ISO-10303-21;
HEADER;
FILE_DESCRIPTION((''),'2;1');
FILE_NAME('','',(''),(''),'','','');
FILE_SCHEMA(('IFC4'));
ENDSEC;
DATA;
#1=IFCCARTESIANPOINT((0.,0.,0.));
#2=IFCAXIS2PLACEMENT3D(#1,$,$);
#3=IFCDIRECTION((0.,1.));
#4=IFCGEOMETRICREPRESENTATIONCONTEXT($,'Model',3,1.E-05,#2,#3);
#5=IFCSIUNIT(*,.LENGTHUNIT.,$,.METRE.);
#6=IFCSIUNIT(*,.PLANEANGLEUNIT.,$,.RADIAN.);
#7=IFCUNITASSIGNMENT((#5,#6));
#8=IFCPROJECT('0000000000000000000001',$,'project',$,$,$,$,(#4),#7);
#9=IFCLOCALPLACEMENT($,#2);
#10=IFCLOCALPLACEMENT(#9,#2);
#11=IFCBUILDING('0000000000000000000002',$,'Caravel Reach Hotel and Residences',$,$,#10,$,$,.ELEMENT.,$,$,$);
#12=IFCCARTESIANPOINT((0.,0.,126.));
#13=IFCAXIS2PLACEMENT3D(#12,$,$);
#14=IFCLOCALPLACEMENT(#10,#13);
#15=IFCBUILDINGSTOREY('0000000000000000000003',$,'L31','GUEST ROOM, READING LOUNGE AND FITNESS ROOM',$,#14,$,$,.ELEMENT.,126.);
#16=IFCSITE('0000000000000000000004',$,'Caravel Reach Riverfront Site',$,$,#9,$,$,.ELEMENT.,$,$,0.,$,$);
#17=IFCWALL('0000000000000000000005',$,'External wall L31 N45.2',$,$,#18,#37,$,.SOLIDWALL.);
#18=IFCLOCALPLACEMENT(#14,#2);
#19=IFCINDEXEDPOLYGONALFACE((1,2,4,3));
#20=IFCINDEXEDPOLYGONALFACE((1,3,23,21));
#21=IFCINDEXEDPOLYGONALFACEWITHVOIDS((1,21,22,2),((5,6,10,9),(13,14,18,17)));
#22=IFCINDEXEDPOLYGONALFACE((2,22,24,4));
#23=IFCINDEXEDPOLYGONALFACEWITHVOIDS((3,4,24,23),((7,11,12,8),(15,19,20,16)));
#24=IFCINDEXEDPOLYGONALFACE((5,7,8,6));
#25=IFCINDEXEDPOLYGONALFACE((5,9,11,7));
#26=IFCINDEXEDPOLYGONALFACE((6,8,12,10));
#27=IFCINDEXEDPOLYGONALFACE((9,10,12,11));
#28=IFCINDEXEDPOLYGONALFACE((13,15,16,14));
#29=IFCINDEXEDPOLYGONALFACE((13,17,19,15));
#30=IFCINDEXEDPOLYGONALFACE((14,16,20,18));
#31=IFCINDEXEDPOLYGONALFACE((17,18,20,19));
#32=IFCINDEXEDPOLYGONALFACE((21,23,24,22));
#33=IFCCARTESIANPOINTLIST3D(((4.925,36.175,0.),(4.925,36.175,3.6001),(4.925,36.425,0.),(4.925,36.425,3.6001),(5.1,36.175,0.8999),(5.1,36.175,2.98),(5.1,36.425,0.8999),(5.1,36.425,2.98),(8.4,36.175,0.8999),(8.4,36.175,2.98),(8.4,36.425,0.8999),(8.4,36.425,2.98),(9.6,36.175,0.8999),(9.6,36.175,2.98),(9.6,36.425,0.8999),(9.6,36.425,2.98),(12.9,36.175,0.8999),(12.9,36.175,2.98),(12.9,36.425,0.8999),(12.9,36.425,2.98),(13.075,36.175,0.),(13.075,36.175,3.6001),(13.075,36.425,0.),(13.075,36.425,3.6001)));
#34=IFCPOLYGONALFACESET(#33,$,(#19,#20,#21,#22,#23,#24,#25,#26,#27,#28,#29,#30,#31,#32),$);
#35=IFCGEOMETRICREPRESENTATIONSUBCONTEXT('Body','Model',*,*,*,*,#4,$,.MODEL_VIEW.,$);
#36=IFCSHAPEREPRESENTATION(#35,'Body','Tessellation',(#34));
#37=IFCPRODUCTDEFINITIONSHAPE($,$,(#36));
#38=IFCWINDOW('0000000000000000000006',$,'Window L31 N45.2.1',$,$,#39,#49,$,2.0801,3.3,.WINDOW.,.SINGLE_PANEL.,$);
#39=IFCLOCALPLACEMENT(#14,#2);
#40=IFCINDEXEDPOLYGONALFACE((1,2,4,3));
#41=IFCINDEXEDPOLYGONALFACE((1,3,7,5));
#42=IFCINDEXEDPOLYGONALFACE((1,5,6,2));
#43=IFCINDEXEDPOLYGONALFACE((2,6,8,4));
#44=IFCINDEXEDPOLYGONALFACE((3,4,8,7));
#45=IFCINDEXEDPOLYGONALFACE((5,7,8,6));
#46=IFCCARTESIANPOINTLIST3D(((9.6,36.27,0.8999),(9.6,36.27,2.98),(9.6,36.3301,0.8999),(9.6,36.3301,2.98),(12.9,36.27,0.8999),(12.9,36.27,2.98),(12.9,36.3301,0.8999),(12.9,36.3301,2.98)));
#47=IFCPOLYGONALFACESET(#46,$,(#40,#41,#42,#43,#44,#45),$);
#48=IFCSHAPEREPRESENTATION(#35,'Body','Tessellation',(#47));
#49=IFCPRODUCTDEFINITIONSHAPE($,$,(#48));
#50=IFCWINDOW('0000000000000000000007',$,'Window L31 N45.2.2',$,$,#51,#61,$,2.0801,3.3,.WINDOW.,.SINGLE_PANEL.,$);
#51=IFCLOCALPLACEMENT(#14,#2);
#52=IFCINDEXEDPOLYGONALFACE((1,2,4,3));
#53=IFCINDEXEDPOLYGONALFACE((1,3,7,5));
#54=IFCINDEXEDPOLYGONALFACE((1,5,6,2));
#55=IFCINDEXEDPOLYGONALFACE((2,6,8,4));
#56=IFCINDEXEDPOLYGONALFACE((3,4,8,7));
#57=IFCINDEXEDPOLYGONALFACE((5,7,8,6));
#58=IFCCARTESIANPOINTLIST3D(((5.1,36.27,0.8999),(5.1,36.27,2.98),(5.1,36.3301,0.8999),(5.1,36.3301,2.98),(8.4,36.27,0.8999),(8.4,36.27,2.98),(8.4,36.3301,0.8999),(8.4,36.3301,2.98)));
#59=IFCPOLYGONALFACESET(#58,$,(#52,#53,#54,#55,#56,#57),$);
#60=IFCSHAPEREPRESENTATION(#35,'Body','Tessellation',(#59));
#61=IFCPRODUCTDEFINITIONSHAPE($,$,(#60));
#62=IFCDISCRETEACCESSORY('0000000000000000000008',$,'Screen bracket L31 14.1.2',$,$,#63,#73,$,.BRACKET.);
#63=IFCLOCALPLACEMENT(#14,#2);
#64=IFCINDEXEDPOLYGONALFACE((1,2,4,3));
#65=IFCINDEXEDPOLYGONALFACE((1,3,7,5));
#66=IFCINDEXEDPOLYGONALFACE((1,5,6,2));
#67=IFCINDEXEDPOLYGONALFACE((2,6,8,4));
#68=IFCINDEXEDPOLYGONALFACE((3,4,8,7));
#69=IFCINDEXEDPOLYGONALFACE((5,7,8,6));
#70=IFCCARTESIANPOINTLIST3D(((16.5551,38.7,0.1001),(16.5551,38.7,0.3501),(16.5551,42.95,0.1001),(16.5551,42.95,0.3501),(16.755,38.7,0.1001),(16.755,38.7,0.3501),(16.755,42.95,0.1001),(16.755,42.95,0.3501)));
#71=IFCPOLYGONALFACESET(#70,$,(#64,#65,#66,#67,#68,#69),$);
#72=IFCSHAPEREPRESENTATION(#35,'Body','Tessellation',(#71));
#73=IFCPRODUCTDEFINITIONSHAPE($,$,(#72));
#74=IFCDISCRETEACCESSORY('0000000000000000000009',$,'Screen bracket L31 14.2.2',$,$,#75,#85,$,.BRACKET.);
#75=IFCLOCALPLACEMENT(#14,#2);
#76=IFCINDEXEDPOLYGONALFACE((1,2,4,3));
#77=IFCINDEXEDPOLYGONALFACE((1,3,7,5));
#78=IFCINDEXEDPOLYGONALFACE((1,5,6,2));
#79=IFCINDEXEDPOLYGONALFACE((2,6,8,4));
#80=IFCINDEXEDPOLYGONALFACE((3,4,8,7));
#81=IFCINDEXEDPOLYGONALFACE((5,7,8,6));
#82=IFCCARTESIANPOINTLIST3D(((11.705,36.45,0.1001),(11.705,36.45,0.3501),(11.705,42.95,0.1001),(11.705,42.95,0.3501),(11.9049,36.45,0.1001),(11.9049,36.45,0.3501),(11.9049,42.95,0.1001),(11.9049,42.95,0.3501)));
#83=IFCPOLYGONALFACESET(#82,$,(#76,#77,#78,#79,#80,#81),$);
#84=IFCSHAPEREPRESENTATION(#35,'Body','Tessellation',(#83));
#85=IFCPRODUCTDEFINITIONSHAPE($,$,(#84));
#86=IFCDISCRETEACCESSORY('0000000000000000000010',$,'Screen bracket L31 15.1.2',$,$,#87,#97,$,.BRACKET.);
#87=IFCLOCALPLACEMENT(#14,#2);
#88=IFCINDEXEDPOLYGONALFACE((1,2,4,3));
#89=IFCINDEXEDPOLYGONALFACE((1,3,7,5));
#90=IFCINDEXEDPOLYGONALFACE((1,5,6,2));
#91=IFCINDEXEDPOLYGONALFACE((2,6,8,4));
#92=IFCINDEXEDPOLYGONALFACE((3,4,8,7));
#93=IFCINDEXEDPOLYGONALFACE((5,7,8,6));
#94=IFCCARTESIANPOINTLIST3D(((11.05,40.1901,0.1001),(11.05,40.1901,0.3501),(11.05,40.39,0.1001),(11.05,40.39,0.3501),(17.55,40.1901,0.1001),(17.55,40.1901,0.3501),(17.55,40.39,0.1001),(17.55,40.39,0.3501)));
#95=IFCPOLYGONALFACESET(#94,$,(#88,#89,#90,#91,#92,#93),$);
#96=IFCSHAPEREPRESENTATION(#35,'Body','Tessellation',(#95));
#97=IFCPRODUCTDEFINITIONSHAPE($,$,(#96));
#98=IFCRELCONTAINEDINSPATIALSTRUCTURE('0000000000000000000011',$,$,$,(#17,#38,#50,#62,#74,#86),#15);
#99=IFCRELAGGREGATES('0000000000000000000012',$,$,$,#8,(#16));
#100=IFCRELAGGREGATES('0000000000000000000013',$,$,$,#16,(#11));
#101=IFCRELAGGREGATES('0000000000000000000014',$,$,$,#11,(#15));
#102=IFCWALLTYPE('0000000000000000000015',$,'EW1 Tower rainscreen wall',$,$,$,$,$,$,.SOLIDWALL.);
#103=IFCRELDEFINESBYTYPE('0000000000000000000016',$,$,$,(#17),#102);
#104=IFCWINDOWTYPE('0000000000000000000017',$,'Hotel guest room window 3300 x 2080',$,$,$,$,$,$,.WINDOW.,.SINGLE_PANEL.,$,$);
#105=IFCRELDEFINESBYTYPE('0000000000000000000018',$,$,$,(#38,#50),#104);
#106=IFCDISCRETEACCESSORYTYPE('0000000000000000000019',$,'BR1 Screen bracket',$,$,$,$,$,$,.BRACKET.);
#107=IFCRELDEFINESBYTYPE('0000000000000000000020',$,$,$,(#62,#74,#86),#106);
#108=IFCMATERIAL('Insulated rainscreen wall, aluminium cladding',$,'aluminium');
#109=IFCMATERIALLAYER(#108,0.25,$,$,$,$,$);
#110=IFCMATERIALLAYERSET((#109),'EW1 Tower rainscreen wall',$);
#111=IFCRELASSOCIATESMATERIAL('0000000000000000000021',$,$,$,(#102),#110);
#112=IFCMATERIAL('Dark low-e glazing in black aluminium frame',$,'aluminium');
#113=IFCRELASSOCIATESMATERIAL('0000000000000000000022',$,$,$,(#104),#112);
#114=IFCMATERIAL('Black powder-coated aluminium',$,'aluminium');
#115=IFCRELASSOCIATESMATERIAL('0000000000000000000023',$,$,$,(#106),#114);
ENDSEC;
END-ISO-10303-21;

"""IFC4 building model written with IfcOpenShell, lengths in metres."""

from ifc_helpers import new_model, si_unit, direction, frame, frame_2d, origin, origin_2d, place, context, subcontext, project, spatial, rectangle, extrude, material, layer, layer_set, type_object, element, fill, save


model = new_model("IFC4")

# Units and contexts
model_context = context("Model", 3, precision=1e-05, world=origin(), true_north=direction((0.0, 1.0)))
body_context = subcontext(model_context, "Body", "Model", "MODEL_VIEW")
ifc_project = project(units=[si_unit("LENGTHUNIT", "METRE"), si_unit("PLANEANGLEUNIT", "RADIAN")], contexts=[model_context])

# Site, building, storey
site_placement = place(None, origin())
site = spatial("IfcSite", under=ifc_project, at=site_placement, Name="Caravel Reach Riverfront Site", CompositionType="ELEMENT", RefElevation=0.0)
building_placement = place(site_placement, origin())
building = spatial("IfcBuilding", under=site, at=building_placement, Name="Caravel Reach Hotel and Residences", CompositionType="ELEMENT")
storey_placement = place(building_placement, frame((0.0, 0.0, 126.0)))
storey = spatial("IfcBuildingStorey", under=building, at=storey_placement, Name="L31", Description="GUEST ROOM, READING LOUNGE AND FITNESS ROOM", CompositionType="ELEMENT", Elevation=126.0)

# Shared definitions
ifc_material_1 = material(Name="Insulated rainscreen wall, aluminium cladding", Category="aluminium")
ifc_layer = layer(ifc_material_1, 0.25)
ifc_layer_set = layer_set([ifc_layer], Name="EW1 Tower rainscreen wall")
wall_type = type_object("IfcWallType", Name="EW1 Tower rainscreen wall", PredefinedType="SOLIDWALL", material=ifc_layer_set)

# Wall, openings, windows
wall_1_placement = place(storey_placement, frame((13.075, 36.3, 0.0), z_axis=(0.0, 0.0, 1.0), x_axis=(-1.0, 0.0, 0.0)))
wall_1 = element("IfcWall", 1, at=wall_1_placement, inside=storey, type_object=wall_type, Name="External wall L31 N45.2", PredefinedType="SOLIDWALL", context=body_context, shape_type="SweptSolid", body=[
    extrude(rectangle(XDim=8.1499, YDim=0.25, at=frame_2d((4.075, 0.0))), origin(), (0.0, 0.0, 1.0), 3.6001),
])
opening_1_placement = place(wall_1_placement, frame((0.175, 0.0, 0.8999)))
opening_1 = element("IfcOpeningElement", 2, at=opening_1_placement, cuts=wall_1, PredefinedType="OPENING", context=body_context, shape_type="SweptSolid", body=[
    extrude(rectangle(XDim=3.3, YDim=2.0801, at=frame_2d((1.6499, 1.04))), frame((0.0, 0.135, 0.0), z_axis=(0.0, -1.0, 0.0), x_axis=(1.0, 0.0, 0.0)), (0.0, 0.0, 1.0), 0.27),
])
opening_2_placement = place(wall_1_placement, frame((4.675, 0.0, 0.8999)))
opening_2 = element("IfcOpeningElement", 3, at=opening_2_placement, cuts=wall_1, PredefinedType="OPENING", context=body_context, shape_type="SweptSolid", body=[
    extrude(rectangle(XDim=3.3, YDim=2.0801, at=frame_2d((1.6499, 1.04))), frame((0.0, 0.135, 0.0), z_axis=(0.0, -1.0, 0.0), x_axis=(1.0, 0.0, 0.0)), (0.0, 0.0, 1.0), 0.27),
])
ifc_material_2 = material(Name="Dark low-e glazing in black aluminium frame", Category="aluminium")
window_type_1 = type_object("IfcWindowType", Name="Hotel guest room window 3300 x 2080", PartitioningType="SINGLE_PANEL", PredefinedType="WINDOW", material=ifc_material_2)
window_1_placement = place(opening_1_placement, origin())
window_1 = element("IfcWindow", 4, at=window_1_placement, inside=storey, type_object=window_type_1, Name="Window L31 N45.2.1", OverallHeight=2.0801, OverallWidth=3.3, PartitioningType="SINGLE_PANEL", PredefinedType="WINDOW", context=body_context, shape_type="SweptSolid", body=[
    extrude(rectangle(XDim=3.3, YDim=2.0801, at=frame_2d((1.6499, 1.04))), frame((0.0, 0.03, 0.0), z_axis=(0.0, -1.0, 0.0), x_axis=(1.0, 0.0, 0.0)), (0.0, 0.0, 1.0), 0.0601),
])
fill(opening_1, window_1)
window_2_placement = place(opening_2_placement, origin())
window_2 = element("IfcWindow", 5, at=window_2_placement, inside=storey, type_object=window_type_1, Name="Window L31 N45.2.2", OverallHeight=2.0801, OverallWidth=3.3, PartitioningType="SINGLE_PANEL", PredefinedType="WINDOW", context=body_context, shape_type="SweptSolid", body=[
    extrude(rectangle(XDim=3.3, YDim=2.0801, at=frame_2d((1.6499, 1.04))), frame((0.0, 0.03, 0.0), z_axis=(0.0, -1.0, 0.0), x_axis=(1.0, 0.0, 0.0)), (0.0, 0.0, 1.0), 0.0601),
])
fill(opening_2, window_2)

# Discrete accessories
ifc_material_3 = material(Name="Black powder-coated aluminium", Category="aluminium")
discrete_accessory_type = type_object("IfcDiscreteAccessoryType", Name="BR1 Screen bracket", PredefinedType="BRACKET", material=ifc_material_3)
discrete_accessory_placement = place(storey_placement, frame((16.655, 40.825, 0.1001), z_axis=(0.0, 0.0, 1.0), x_axis=(0.0, 1.0, 0.0)))
element("IfcDiscreteAccessory", 6, at=discrete_accessory_placement, inside=storey, type_object=discrete_accessory_type, Name="Screen bracket L31 14.1.2", PredefinedType="BRACKET", context=body_context, shape_type="SweptSolid", body=[
    extrude(rectangle(XDim=4.25, YDim=0.2, at=origin_2d()), origin(), (0.0, 0.0, 1.0), 0.25),
])
for number, where, z_axis, x_axis, name in (
    (7, (11.8049, 39.7, 0.1001), (0.0, 0.0, 1.0), (0.0, 1.0, 0.0), "Screen bracket L31 14.2.2"),
    (8, (14.3, 40.29, 0.1001), (0.0, 0.0, 1.0), (-1.0, 0.0, 0.0), "Screen bracket L31 15.1.2"),
):
    element("IfcDiscreteAccessory", number, at=place(storey_placement, frame(where, z_axis=z_axis, x_axis=x_axis)), inside=storey, type_object=discrete_accessory_type, Name=name, PredefinedType="BRACKET", context=body_context, shape_type="SweptSolid", body=[
        extrude(rectangle(XDim=6.5, YDim=0.2, at=origin_2d()), origin(), (0.0, 0.0, 1.0), 0.25),
    ])

save(model, "model.ifc")
